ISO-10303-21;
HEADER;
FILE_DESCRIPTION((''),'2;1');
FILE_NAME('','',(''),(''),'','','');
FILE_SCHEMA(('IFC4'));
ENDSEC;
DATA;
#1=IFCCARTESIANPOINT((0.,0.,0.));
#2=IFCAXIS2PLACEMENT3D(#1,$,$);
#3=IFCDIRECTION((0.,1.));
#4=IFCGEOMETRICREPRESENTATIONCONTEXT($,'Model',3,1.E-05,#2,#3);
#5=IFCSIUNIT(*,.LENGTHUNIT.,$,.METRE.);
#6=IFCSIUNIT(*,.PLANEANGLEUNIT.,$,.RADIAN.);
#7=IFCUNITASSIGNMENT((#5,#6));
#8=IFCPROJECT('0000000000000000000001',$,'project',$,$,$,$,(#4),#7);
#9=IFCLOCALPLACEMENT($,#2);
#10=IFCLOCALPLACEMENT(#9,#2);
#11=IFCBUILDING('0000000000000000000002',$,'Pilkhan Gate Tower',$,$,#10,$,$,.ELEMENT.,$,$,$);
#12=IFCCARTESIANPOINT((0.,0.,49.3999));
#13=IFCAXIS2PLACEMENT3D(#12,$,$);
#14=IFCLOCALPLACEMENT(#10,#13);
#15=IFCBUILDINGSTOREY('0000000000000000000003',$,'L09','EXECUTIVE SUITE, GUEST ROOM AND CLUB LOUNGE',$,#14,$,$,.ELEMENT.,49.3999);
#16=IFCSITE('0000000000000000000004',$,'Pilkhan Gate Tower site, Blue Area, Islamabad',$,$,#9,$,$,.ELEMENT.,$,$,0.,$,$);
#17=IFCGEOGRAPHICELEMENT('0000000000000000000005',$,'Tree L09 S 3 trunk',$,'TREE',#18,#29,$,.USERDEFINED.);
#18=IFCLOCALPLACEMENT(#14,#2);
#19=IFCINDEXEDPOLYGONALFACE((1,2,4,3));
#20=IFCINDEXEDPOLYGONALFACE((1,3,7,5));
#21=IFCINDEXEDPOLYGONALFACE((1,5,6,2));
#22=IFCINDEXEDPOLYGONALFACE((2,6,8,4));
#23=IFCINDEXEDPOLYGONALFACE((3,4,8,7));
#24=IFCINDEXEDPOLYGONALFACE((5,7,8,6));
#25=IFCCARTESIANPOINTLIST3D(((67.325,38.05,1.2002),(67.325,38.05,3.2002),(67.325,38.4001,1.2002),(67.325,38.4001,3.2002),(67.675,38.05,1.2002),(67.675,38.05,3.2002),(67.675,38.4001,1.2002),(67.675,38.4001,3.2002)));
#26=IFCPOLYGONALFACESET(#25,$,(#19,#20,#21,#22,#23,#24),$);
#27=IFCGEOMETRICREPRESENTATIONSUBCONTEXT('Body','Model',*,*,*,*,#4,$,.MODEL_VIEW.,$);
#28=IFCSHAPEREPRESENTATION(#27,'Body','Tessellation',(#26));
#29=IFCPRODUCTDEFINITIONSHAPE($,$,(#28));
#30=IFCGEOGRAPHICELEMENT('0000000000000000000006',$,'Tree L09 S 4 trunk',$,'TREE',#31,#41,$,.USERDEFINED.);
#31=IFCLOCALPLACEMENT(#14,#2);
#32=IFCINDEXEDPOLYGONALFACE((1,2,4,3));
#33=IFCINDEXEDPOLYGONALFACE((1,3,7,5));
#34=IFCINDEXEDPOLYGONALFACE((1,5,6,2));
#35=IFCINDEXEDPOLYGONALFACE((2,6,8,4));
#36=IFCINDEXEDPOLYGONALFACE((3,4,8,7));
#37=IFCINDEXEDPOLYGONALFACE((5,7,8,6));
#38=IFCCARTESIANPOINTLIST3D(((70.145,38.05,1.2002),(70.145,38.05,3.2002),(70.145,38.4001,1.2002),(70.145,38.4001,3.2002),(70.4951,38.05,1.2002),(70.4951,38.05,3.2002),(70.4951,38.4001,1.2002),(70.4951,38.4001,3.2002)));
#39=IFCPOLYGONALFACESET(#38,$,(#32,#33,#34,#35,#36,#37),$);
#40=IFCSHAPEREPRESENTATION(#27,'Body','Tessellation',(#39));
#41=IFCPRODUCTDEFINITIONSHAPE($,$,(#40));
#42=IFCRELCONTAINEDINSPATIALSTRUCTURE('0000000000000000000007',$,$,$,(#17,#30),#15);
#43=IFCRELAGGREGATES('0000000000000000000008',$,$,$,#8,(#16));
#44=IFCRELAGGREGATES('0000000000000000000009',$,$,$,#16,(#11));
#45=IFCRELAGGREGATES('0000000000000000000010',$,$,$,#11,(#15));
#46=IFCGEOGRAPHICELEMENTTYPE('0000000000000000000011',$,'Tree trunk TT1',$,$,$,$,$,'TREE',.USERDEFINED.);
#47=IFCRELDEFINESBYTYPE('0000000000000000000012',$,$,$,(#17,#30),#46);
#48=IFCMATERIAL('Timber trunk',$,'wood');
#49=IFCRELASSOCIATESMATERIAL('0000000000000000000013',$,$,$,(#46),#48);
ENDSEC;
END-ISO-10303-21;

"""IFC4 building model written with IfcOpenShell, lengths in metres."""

from ifc_helpers import new_model, si_unit, direction, frame, origin, origin_2d, place, context, subcontext, project, spatial, rectangle, extrude, material, type_object, element, save


model = new_model("IFC4")

# Units and contexts
model_context = context("Model", 3, precision=1e-05, world=origin(), true_north=direction((0.0, 1.0)))
body_context = subcontext(model_context, "Body", "Model", "MODEL_VIEW")
ifc_project = project(units=[si_unit("LENGTHUNIT", "METRE"), si_unit("PLANEANGLEUNIT", "RADIAN")], contexts=[model_context])

# Site, building, storey
site_placement = place(None, origin())
site = spatial("IfcSite", under=ifc_project, at=site_placement, Name="Pilkhan Gate Tower site, Blue Area, Islamabad", CompositionType="ELEMENT", RefElevation=0.0)
building_placement = place(site_placement, origin())
building = spatial("IfcBuilding", under=site, at=building_placement, Name="Pilkhan Gate Tower", CompositionType="ELEMENT")
storey_placement = place(building_placement, frame((0.0, 0.0, 49.3999)))
storey = spatial("IfcBuildingStorey", under=building, at=storey_placement, Name="L09", Description="EXECUTIVE SUITE, GUEST ROOM AND CLUB LOUNGE", CompositionType="ELEMENT", Elevation=49.3999)

# Geographic elements
ifc_material_1 = material(Name="Timber trunk", Category="wood")
geographic_element_type_1 = type_object("IfcGeographicElementType", Name="Tree trunk TT1", ElementType="TREE", PredefinedType="USERDEFINED", material=ifc_material_1)
for number, where, z_axis, x_axis, name in (
    (1, (67.5, 38.2251, 1.2002), (0.0, 0.0, 1.0), (1.0, 0.0, 0.0), "Tree L09 S 3 trunk"),
    (2, (70.3201, 38.2251, 1.2002), (0.0, 0.0, 1.0), (1.0, 0.0, 0.0), "Tree L09 S 4 trunk"),
):
    element("IfcGeographicElement", number, at=place(storey_placement, frame(where, z_axis=z_axis, x_axis=x_axis)), inside=storey, type_object=geographic_element_type_1, Name=name, ObjectType="TREE", PredefinedType="USERDEFINED", context=body_context, shape_type="SweptSolid", body=[
        extrude(rectangle(XDim=0.3501, YDim=0.3501, at=origin_2d()), origin(), (0.0, 0.0, 1.0), 2.0),
    ])

save(model, "model.ifc")
